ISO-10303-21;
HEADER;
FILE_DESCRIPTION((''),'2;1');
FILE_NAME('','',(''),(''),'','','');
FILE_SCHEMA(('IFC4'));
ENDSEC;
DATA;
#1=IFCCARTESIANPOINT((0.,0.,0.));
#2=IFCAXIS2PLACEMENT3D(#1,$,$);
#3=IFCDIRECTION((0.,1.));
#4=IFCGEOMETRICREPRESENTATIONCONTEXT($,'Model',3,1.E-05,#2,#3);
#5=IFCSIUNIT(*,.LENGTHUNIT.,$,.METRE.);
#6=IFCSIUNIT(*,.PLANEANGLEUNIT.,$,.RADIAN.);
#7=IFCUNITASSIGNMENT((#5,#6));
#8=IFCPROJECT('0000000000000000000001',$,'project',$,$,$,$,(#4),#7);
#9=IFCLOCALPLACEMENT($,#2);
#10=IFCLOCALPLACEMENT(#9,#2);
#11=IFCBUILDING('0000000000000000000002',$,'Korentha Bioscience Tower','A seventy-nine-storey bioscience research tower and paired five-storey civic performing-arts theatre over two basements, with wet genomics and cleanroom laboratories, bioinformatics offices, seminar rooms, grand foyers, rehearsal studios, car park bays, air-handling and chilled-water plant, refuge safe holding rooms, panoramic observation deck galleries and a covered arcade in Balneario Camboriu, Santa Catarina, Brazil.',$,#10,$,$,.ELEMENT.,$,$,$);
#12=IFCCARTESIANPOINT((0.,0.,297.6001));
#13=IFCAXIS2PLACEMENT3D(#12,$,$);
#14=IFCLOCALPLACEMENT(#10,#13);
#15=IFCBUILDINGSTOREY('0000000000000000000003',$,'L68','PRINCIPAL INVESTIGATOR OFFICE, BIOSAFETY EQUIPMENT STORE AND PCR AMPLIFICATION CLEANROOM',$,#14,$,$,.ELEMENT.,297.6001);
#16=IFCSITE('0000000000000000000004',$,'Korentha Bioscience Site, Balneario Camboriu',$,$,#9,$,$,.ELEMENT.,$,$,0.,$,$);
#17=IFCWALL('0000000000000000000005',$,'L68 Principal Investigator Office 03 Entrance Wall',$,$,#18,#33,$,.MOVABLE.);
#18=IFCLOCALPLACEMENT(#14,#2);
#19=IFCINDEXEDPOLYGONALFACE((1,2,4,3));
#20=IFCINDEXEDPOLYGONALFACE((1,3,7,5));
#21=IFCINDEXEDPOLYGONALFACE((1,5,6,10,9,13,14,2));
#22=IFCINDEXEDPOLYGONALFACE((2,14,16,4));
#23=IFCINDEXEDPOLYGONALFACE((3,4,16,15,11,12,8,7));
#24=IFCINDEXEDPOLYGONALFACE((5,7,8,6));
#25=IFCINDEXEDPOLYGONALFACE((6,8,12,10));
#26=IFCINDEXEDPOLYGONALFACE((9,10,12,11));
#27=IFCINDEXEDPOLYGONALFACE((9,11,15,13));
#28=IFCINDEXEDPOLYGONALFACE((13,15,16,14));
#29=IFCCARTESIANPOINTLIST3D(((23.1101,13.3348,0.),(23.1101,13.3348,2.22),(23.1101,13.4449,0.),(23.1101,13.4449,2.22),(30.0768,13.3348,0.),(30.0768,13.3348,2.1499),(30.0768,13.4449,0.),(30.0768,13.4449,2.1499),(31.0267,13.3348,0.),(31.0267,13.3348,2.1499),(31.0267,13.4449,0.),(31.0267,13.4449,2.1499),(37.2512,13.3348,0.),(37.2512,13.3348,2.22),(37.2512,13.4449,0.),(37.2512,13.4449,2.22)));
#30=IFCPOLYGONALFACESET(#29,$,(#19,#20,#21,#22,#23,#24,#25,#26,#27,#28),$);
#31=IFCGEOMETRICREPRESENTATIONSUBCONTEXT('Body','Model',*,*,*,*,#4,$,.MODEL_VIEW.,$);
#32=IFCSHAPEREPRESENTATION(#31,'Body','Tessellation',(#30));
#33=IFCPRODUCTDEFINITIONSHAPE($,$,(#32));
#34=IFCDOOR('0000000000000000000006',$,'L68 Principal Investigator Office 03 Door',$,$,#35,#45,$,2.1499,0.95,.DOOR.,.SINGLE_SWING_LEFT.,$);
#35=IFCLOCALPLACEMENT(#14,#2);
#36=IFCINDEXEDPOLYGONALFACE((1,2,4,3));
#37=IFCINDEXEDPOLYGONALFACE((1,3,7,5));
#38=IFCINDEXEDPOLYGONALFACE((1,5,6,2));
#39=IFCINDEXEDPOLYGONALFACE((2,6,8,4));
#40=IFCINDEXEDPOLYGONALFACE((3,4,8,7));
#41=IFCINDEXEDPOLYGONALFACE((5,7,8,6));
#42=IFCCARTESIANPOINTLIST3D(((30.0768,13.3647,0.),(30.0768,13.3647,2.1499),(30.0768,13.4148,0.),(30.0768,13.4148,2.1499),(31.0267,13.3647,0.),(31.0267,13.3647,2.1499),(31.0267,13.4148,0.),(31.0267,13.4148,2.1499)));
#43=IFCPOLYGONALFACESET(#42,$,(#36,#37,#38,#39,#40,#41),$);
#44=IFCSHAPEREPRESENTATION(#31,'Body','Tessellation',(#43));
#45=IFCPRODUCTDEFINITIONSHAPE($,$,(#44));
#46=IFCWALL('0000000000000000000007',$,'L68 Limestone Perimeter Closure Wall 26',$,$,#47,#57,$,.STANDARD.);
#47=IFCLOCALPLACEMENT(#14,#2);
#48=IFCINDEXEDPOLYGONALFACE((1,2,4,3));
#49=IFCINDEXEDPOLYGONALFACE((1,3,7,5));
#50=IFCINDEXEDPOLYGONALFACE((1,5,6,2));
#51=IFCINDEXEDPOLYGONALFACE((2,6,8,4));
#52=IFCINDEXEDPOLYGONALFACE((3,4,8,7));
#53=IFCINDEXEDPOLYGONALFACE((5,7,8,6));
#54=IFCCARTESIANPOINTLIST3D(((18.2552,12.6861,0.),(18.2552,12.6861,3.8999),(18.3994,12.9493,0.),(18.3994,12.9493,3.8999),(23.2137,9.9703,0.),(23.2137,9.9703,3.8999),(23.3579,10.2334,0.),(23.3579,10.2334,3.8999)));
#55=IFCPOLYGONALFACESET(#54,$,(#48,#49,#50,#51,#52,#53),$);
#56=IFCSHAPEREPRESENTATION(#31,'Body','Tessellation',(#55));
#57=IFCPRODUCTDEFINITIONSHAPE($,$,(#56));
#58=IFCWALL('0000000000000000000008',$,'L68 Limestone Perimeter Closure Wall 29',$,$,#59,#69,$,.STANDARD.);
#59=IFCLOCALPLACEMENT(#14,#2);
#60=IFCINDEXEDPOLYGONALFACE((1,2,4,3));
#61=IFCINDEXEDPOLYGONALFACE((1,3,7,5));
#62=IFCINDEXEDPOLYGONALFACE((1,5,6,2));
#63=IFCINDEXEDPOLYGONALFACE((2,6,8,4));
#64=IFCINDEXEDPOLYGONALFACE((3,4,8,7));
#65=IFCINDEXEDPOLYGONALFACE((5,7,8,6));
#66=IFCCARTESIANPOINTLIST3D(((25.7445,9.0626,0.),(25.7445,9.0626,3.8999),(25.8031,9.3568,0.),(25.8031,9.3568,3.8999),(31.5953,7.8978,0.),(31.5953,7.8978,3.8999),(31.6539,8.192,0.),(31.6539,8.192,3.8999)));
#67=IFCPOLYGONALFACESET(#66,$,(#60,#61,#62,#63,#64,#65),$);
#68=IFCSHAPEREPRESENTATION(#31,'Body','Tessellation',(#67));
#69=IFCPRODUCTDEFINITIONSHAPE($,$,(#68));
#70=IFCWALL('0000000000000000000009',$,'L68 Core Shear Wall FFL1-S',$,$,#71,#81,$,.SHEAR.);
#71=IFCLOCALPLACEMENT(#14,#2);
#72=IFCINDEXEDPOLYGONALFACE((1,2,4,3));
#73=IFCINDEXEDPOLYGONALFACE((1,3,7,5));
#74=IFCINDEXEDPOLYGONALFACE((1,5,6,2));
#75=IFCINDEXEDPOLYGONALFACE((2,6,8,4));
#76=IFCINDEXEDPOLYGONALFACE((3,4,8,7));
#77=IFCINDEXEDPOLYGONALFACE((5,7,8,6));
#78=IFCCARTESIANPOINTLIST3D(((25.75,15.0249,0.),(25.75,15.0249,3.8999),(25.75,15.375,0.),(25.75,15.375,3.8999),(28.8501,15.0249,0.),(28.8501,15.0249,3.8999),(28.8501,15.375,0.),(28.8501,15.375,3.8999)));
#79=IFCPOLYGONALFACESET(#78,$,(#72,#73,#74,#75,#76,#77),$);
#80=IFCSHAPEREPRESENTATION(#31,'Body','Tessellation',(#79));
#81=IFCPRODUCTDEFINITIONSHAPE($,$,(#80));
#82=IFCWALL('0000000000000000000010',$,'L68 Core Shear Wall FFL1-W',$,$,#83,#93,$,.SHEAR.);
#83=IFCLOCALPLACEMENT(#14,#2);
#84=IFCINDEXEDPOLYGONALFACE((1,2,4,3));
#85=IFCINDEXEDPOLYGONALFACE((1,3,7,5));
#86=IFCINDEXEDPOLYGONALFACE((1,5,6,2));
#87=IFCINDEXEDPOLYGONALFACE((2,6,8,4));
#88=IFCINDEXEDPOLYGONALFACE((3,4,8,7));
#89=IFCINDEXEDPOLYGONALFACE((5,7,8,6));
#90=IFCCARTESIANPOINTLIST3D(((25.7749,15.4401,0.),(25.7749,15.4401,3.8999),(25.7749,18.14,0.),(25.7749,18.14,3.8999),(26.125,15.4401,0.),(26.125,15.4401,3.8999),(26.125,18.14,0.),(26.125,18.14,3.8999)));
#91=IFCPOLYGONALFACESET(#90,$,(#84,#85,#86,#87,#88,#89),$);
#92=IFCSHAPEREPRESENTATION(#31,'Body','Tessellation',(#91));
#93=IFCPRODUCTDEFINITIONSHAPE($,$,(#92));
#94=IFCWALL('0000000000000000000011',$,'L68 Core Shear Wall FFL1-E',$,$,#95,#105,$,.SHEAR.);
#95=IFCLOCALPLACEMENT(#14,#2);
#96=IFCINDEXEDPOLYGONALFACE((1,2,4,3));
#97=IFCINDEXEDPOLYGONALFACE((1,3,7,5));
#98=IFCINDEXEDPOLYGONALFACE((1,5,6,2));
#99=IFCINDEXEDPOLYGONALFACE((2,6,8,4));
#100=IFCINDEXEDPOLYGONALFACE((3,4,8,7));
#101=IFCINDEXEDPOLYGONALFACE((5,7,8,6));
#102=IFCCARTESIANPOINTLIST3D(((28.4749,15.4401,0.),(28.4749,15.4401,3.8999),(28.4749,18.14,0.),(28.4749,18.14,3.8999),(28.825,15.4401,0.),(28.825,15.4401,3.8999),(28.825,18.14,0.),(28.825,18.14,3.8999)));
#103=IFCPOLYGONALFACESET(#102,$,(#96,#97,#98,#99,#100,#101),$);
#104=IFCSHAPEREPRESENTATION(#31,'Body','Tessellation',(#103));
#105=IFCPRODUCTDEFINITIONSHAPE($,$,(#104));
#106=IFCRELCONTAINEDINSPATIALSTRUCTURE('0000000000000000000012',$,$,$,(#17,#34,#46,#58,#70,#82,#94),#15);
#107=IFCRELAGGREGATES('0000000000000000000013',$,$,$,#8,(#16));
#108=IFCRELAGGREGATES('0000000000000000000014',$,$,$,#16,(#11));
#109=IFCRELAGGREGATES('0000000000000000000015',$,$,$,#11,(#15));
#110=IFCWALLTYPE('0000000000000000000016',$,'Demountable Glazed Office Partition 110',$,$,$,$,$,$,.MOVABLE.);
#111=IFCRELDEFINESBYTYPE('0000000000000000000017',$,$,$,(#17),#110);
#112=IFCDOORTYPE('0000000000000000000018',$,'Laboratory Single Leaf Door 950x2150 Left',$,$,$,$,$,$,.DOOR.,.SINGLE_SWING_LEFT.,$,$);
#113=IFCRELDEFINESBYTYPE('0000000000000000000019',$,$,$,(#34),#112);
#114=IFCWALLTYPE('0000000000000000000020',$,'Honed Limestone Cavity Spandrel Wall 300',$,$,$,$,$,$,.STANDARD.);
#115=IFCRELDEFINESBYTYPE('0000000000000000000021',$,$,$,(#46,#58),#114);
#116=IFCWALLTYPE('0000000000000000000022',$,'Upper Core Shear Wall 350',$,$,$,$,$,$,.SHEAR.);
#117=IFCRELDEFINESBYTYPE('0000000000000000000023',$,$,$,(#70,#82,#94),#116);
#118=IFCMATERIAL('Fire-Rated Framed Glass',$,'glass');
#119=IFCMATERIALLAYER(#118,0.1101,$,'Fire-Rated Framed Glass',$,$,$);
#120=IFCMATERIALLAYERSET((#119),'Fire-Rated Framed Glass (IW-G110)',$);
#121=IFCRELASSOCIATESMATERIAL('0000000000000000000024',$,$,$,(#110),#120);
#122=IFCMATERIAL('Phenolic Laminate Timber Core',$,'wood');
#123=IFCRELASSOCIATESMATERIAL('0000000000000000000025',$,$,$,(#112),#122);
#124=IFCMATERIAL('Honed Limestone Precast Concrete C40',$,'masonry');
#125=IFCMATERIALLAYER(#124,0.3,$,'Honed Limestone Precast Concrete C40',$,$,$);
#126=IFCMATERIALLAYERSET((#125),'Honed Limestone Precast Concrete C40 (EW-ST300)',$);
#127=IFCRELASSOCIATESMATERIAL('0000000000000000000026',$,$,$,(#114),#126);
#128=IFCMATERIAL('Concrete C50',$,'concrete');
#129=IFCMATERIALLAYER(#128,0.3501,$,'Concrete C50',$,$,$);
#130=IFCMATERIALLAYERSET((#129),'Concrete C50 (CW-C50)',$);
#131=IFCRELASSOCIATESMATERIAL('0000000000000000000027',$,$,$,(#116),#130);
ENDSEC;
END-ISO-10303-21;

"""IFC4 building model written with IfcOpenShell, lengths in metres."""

from ifc_helpers import new_model, si_unit, direction, frame, frame_2d, origin, place, context, subcontext, project, spatial, rectangle, extrude, material, layer, layer_set, type_object, element, fill, save


model = new_model("IFC4")

# Units and contexts
model_context = context("Model", 3, precision=1e-05, world=origin(), true_north=direction((0.0, 1.0)))
body_context = subcontext(model_context, "Body", "Model", "MODEL_VIEW")
ifc_project = project(units=[si_unit("LENGTHUNIT", "METRE"), si_unit("PLANEANGLEUNIT", "RADIAN")], contexts=[model_context])

# Site, building, storey
site_placement = place(None, origin())
site = spatial("IfcSite", under=ifc_project, at=site_placement, Name="Korentha Bioscience Site, Balneario Camboriu", CompositionType="ELEMENT", RefElevation=0.0)
building_placement = place(site_placement, origin())
building = spatial("IfcBuilding", under=site, at=building_placement, Name="Korentha Bioscience Tower", Description="A seventy-nine-storey bioscience research tower and paired five-storey civic performing-arts theatre over two basements, with wet genomics and cleanroom laboratories, bioinformatics offices, seminar rooms, grand foyers, rehearsal studios, car park bays, air-handling and chilled-water plant, refuge safe holding rooms, panoramic observation deck galleries and a covered arcade in Balneario Camboriu, Santa Catarina, Brazil.", CompositionType="ELEMENT")
storey_placement = place(building_placement, frame((0.0, 0.0, 297.6001)))
storey = spatial("IfcBuildingStorey", under=building, at=storey_placement, Name="L68", Description="PRINCIPAL INVESTIGATOR OFFICE, BIOSAFETY EQUIPMENT STORE AND PCR AMPLIFICATION CLEANROOM", CompositionType="ELEMENT", Elevation=297.6001)

# Shared definitions
ifc_material_1 = material(Name="Concrete C50", Category="concrete")

# Wall, opening, door
ifc_material_2 = material(Name="Fire-Rated Framed Glass", Category="glass")
ifc_layer_1 = layer(ifc_material_2, 0.1101, Name="Fire-Rated Framed Glass")
ifc_layer_set_1 = layer_set([ifc_layer_1], Name="Fire-Rated Framed Glass (IW-G110)")
wall_type_1 = type_object("IfcWallType", Name="Demountable Glazed Office Partition 110", PredefinedType="MOVABLE", material=ifc_layer_set_1)
wall_1_placement = place(storey_placement, frame((23.1101, 13.3899, 0.0), z_axis=(0.0, 0.0, 1.0), x_axis=(1.0, 0.0, 0.0)))
wall_1 = element("IfcWall", 1, at=wall_1_placement, inside=storey, type_object=wall_type_1, Name="L68 Principal Investigator Office 03 Entrance Wall", PredefinedType="MOVABLE", context=body_context, shape_type="SweptSolid", body=[
    extrude(rectangle(XDim=14.1411, YDim=0.1101, at=frame_2d((7.0706, 0.0))), origin(), (0.0, 0.0, 1.0), 2.22),
])
opening_1_placement = place(wall_1_placement, frame((6.9666, 0.0, 0.0)))
opening_1 = element("IfcOpeningElement", 2, at=opening_1_placement, cuts=wall_1, PredefinedType="OPENING", context=body_context, shape_type="SweptSolid", body=[
    extrude(rectangle(XDim=0.95, YDim=2.1499, at=frame_2d((0.4751, 1.075))), frame((0.0, 0.0698, 0.0), z_axis=(0.0, -1.0, 0.0), x_axis=(1.0, 0.0, 0.0)), (0.0, 0.0, 1.0), 0.1399),
])
ifc_material_3 = material(Name="Phenolic Laminate Timber Core", Category="wood")
door_type_1 = type_object("IfcDoorType", Name="Laboratory Single Leaf Door 950x2150 Left", OperationType="SINGLE_SWING_LEFT", PredefinedType="DOOR", material=ifc_material_3)
door_1_placement = place(opening_1_placement, origin())
door_1 = element("IfcDoor", 3, at=door_1_placement, inside=storey, type_object=door_type_1, Name="L68 Principal Investigator Office 03 Door", OperationType="SINGLE_SWING_LEFT", OverallHeight=2.1499, OverallWidth=0.95, PredefinedType="DOOR", context=body_context, shape_type="SweptSolid", body=[
    extrude(rectangle(XDim=0.95, YDim=2.1499, at=frame_2d((0.4751, 1.075))), frame((0.0, 0.0249, 0.0), z_axis=(0.0, -1.0, 0.0), x_axis=(1.0, 0.0, 0.0)), (0.0, 0.0, 1.0), 0.05),
])
fill(opening_1, door_1)
ifc_material_4 = material(Name="Honed Limestone Precast Concrete C40", Category="masonry")
ifc_layer_2 = layer(ifc_material_4, 0.3, Name="Honed Limestone Precast Concrete C40")
ifc_layer_set_2 = layer_set([ifc_layer_2], Name="Honed Limestone Precast Concrete C40 (EW-ST300)")
wall_type_2 = type_object("IfcWallType", Name="Honed Limestone Cavity Spandrel Wall 300", PredefinedType="STANDARD", material=ifc_layer_set_2)

# Walls
wall_2_placement = place(storey_placement, frame((18.3274, 12.8176, 0.0), z_axis=(0.0, 0.0, 1.0), x_axis=(0.877062, -0.480376, 0.0)))
element("IfcWall", 4, at=wall_2_placement, inside=storey, type_object=wall_type_2, Name="L68 Limestone Perimeter Closure Wall 26", PredefinedType="STANDARD", context=body_context, shape_type="SweptSolid", body=[
    extrude(rectangle(XDim=5.6536, YDim=0.3, at=frame_2d((2.8267, 0.0))), origin(), (0.0, 0.0, 1.0), 3.8999),
])
wall_3_placement = place(storey_placement, frame((25.7737, 9.2097, 0.0), z_axis=(0.0, 0.0, 1.0), x_axis=(0.980753, -0.19525, 0.0)))
element("IfcWall", 5, at=wall_3_placement, inside=storey, type_object=wall_type_2, Name="L68 Limestone Perimeter Closure Wall 29", PredefinedType="STANDARD", context=body_context, shape_type="SweptSolid", body=[
    extrude(rectangle(XDim=5.9656, YDim=0.3, at=frame_2d((2.9829, 0.0))), origin(), (0.0, 0.0, 1.0), 3.8999),
])
ifc_layer_3 = layer(ifc_material_1, 0.3501, Name="Concrete C50")
ifc_layer_set_3 = layer_set([ifc_layer_3], Name="Concrete C50 (CW-C50)")
wall_type_3 = type_object("IfcWallType", Name="Upper Core Shear Wall 350", PredefinedType="SHEAR", material=ifc_layer_set_3)
wall_4_placement = place(storey_placement, frame((25.75, 15.2, 0.0), z_axis=(0.0, 0.0, 1.0), x_axis=(1.0, 0.0, 0.0)))
element("IfcWall", 6, at=wall_4_placement, inside=storey, type_object=wall_type_3, Name="L68 Core Shear Wall FFL1-S", PredefinedType="SHEAR", context=body_context, shape_type="SweptSolid", body=[
    extrude(rectangle(XDim=3.1001, YDim=0.3501, at=frame_2d((1.55, 0.0))), origin(), (0.0, 0.0, 1.0), 3.8999),
])
for number, where, z_axis, x_axis, name in (
    (7, (25.95, 15.4399, 0.0), (0.0, 0.0, 1.0), (0.0, 1.0, 0.0), "L68 Core Shear Wall FFL1-W"),
    (8, (28.6499, 15.4399, 0.0), (0.0, 0.0, 1.0), (0.0, 1.0, 0.0), "L68 Core Shear Wall FFL1-E"),
):
    element("IfcWall", number, at=place(storey_placement, frame(where, z_axis=z_axis, x_axis=x_axis)), inside=storey, type_object=wall_type_3, Name=name, PredefinedType="SHEAR", context=body_context, shape_type="SweptSolid", body=[
        extrude(rectangle(XDim=2.7, YDim=0.3501, at=frame_2d((1.3501, 0.0))), origin(), (0.0, 0.0, 1.0), 3.8999),
    ])

save(model, "model.ifc")
